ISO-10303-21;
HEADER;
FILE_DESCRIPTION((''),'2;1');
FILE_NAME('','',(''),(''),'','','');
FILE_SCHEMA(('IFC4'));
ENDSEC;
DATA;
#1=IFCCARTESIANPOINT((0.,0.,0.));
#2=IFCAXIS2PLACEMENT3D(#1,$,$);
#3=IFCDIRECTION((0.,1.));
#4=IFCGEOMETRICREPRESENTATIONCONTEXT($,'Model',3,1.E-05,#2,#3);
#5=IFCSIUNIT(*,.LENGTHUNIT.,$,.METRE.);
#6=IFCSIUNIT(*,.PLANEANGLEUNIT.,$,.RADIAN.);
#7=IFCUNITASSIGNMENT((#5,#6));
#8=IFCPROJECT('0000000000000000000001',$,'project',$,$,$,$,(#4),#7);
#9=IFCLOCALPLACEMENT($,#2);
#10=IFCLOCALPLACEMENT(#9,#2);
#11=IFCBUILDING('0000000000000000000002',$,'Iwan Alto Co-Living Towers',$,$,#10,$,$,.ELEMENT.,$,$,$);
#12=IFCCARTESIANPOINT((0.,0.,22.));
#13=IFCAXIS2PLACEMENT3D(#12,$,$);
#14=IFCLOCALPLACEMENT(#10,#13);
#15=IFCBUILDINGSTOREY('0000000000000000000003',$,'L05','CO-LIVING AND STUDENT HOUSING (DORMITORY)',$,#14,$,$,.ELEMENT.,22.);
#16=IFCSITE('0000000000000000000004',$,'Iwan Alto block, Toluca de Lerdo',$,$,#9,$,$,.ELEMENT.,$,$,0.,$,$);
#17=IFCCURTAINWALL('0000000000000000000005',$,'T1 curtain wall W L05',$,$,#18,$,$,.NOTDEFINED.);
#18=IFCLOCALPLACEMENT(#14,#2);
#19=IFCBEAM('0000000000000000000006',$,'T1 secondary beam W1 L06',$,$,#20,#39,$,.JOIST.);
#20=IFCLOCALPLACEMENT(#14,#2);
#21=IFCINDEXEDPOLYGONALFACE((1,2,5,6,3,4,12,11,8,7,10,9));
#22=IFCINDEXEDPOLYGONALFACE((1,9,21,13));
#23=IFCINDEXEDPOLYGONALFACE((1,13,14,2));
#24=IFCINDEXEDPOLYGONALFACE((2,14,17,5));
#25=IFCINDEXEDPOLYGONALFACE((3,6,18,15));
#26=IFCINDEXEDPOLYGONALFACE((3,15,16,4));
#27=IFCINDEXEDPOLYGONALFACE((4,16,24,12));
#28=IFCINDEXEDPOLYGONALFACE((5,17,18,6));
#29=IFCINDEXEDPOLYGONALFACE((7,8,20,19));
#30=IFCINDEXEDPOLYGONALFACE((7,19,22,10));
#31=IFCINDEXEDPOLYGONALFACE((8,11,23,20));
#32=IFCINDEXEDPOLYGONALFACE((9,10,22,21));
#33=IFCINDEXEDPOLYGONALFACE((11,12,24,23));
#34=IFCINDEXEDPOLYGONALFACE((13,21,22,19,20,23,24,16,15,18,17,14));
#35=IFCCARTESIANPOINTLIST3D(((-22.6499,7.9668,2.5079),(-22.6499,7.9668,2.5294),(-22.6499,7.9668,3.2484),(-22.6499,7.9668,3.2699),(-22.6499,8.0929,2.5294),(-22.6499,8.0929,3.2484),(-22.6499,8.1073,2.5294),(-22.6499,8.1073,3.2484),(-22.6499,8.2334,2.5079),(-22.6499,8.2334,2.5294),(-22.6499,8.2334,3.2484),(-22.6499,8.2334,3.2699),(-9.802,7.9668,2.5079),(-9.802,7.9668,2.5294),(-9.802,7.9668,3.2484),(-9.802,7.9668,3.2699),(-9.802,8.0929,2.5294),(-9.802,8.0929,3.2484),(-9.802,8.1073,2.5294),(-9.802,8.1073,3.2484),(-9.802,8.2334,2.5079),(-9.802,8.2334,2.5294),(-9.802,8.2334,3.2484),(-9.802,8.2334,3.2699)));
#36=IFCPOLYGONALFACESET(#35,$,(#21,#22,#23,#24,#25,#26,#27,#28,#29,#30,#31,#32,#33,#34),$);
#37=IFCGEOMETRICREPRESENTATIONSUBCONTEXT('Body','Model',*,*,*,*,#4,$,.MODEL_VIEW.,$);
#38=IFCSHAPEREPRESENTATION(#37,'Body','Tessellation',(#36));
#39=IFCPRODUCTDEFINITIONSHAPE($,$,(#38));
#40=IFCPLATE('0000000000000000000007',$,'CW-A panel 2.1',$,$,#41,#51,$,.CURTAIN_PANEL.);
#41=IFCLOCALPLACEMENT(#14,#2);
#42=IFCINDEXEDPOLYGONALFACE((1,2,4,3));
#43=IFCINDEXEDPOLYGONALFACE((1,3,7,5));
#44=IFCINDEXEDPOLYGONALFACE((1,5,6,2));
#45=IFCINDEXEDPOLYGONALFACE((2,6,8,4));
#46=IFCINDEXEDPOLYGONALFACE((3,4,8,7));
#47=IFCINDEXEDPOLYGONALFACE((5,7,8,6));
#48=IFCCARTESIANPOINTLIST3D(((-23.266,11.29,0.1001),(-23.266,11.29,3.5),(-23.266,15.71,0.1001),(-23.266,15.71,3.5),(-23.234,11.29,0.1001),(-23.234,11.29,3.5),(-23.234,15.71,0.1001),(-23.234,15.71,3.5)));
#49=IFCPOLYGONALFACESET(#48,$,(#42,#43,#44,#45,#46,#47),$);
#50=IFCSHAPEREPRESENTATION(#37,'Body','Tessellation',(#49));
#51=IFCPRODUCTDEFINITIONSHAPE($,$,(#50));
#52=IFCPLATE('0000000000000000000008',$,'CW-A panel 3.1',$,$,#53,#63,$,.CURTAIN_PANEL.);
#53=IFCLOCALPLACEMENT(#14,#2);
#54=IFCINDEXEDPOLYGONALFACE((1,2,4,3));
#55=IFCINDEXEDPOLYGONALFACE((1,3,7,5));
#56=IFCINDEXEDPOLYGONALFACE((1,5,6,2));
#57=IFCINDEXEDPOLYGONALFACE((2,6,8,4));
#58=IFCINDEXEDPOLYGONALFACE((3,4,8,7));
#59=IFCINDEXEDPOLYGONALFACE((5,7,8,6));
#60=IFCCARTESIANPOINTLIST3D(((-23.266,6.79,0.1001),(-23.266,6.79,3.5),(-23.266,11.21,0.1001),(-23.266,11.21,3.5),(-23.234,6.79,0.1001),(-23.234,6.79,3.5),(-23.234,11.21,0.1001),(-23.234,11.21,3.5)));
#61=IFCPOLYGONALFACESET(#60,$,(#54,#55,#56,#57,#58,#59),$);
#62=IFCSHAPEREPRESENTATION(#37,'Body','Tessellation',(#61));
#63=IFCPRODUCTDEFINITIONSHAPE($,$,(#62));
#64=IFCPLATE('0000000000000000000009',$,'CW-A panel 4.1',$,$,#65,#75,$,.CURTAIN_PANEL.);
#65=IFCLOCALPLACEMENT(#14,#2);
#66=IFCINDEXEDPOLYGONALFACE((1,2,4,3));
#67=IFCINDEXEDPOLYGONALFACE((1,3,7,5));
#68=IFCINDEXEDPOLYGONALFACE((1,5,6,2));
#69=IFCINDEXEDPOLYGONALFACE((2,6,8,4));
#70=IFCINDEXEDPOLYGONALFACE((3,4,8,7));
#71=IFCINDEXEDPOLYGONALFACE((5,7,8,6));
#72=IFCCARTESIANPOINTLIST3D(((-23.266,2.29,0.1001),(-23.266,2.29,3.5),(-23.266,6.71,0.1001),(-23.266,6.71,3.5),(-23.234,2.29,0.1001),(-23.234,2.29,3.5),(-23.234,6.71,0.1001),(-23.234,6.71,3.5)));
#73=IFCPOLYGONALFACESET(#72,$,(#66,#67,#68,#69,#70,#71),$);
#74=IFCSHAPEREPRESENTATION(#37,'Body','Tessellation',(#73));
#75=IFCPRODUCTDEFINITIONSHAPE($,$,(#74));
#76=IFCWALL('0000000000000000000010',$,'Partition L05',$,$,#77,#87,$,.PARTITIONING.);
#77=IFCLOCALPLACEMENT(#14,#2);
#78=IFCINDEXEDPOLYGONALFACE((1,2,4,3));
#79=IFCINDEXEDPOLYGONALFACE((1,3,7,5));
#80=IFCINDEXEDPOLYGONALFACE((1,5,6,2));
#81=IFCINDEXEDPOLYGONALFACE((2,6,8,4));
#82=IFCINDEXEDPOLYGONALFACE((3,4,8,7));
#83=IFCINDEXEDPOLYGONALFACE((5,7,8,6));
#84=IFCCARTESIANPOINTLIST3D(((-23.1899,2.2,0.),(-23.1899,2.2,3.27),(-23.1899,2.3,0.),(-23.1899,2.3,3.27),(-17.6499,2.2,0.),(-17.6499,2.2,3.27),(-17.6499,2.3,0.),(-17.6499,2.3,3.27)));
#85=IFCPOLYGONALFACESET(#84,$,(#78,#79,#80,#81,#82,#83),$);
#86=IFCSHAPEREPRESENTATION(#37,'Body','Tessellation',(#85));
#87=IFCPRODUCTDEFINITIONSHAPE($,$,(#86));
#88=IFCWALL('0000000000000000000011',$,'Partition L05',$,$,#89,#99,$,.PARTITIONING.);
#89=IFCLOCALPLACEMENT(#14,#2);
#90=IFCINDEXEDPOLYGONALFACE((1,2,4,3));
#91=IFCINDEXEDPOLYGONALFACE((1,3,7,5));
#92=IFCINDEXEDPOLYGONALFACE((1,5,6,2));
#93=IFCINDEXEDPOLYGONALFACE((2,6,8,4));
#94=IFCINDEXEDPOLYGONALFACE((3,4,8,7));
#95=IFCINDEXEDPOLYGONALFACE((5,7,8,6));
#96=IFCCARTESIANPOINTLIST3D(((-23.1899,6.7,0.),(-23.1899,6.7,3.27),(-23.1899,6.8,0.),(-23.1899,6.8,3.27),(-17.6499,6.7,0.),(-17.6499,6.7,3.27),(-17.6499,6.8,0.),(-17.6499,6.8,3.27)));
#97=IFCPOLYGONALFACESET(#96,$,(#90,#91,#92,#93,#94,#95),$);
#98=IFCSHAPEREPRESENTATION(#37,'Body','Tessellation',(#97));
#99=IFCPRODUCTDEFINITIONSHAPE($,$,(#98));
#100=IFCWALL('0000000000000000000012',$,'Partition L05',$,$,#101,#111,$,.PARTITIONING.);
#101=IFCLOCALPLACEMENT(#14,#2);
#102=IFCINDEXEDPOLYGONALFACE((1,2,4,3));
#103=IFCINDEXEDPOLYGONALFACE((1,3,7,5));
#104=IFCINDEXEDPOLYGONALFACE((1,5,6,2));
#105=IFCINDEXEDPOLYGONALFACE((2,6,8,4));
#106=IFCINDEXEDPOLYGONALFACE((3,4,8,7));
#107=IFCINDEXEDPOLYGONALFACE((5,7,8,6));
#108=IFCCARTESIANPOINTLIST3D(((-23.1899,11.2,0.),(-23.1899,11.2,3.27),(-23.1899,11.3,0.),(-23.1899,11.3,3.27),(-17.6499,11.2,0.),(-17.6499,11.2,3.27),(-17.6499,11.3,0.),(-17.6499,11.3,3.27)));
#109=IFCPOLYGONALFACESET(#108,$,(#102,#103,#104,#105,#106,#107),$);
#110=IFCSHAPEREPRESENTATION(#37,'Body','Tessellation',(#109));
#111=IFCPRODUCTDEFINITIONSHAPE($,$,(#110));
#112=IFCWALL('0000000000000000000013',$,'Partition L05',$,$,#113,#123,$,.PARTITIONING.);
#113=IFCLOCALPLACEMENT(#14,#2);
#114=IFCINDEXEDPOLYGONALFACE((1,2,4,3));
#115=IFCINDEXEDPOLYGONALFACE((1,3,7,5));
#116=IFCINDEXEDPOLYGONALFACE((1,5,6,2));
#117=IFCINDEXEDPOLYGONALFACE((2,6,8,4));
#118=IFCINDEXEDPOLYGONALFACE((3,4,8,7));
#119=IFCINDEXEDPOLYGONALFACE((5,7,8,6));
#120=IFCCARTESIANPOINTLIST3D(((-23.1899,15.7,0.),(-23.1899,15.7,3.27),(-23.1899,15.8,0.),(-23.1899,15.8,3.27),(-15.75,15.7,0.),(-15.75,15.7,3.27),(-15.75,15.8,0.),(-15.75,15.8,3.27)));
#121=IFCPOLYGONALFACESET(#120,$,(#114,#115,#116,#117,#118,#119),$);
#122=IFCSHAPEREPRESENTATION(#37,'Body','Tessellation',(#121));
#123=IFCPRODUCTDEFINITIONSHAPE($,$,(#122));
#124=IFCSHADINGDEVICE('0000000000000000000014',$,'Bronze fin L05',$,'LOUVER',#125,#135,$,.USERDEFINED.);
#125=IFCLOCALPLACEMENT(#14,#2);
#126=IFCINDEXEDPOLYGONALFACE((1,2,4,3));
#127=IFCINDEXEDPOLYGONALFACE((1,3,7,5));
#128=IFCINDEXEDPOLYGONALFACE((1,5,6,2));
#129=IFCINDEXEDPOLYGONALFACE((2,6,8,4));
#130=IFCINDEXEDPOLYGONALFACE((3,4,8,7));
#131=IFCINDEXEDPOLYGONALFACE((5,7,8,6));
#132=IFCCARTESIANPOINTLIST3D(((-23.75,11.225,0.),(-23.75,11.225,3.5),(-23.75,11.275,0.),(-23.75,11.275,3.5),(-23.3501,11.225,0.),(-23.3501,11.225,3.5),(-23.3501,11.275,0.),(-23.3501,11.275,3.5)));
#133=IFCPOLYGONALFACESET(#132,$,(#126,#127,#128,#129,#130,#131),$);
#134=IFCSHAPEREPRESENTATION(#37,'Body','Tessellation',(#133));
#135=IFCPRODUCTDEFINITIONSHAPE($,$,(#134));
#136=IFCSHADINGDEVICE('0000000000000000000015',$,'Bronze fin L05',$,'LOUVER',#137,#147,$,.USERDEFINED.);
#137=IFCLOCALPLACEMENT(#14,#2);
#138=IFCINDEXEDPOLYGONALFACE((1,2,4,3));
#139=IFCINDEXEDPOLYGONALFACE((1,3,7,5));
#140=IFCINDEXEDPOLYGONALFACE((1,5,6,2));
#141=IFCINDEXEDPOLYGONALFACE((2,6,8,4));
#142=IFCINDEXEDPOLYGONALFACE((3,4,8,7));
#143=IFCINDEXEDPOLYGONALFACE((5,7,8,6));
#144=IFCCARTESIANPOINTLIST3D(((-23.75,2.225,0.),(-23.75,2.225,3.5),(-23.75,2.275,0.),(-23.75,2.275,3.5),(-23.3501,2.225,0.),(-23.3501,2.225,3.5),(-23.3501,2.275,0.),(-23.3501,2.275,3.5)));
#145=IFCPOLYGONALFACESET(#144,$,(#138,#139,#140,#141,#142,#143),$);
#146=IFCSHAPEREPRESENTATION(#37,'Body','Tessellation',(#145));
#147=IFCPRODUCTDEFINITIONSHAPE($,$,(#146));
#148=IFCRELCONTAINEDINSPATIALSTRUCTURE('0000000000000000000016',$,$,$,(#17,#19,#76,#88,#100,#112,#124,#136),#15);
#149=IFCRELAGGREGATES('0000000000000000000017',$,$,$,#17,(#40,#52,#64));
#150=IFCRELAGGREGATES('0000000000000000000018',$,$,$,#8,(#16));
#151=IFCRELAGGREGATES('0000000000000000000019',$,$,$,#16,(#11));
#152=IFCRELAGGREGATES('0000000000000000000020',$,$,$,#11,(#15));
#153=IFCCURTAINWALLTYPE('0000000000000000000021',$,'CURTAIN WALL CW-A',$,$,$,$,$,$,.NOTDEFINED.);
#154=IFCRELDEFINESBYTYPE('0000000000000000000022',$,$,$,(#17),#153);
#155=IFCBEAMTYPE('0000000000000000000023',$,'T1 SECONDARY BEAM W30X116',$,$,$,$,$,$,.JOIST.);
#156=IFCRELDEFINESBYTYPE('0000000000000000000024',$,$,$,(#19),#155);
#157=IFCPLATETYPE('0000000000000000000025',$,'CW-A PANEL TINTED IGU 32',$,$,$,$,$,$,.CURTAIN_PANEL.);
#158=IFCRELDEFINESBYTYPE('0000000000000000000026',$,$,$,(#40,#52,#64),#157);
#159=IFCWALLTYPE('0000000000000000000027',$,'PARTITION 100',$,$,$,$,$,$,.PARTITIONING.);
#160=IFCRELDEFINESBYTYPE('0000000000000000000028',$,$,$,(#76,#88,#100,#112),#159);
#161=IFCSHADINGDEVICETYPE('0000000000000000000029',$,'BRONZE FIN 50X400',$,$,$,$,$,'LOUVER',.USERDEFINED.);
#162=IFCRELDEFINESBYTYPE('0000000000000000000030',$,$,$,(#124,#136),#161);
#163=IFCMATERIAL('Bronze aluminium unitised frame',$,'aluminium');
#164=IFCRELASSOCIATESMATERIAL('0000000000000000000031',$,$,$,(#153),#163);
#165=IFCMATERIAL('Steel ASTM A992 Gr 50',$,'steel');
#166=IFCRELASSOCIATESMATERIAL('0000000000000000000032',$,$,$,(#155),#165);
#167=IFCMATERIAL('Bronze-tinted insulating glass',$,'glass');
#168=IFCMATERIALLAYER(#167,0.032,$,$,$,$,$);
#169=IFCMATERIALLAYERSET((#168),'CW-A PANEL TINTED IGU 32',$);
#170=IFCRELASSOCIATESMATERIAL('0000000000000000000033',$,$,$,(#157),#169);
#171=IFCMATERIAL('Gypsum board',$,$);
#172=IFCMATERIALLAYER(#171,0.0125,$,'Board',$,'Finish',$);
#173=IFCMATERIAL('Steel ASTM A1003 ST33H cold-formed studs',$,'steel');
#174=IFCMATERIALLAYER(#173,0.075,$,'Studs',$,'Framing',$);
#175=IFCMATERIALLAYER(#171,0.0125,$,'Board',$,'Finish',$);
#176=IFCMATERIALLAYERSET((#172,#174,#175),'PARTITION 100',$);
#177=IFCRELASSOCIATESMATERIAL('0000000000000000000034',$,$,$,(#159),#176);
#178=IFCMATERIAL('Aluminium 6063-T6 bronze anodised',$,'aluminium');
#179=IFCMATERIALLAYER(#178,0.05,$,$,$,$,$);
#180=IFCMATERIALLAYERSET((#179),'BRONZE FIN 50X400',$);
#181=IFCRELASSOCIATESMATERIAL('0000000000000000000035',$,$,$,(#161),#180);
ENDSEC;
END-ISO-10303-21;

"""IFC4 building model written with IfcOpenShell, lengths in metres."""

from ifc_helpers import new_model, si_unit, direction, frame, frame_2d, origin, origin_2d, place, context, subcontext, project, spatial, rectangle, i_section, extrude, material, layer, layer_set, material_profile, profile_set, type_object, element, aggregate, save


model = new_model("IFC4")

# Units and contexts
model_context = context("Model", 3, precision=1e-05, world=origin(), true_north=direction((0.0, 1.0)))
body_context = subcontext(model_context, "Body", "Model", "MODEL_VIEW")
ifc_project = project(units=[si_unit("LENGTHUNIT", "METRE"), si_unit("PLANEANGLEUNIT", "RADIAN")], contexts=[model_context])

# Site, building, storey
site_placement = place(None, origin())
site = spatial("IfcSite", under=ifc_project, at=site_placement, Name="Iwan Alto block, Toluca de Lerdo", CompositionType="ELEMENT", RefElevation=0.0)
building_placement = place(site_placement, origin())
building = spatial("IfcBuilding", under=site, at=building_placement, Name="Iwan Alto Co-Living Towers", CompositionType="ELEMENT")
storey_placement = place(building_placement, frame((0.0, 0.0, 22.0)))
storey = spatial("IfcBuildingStorey", under=building, at=storey_placement, Name="L05", Description="CO-LIVING AND STUDENT HOUSING (DORMITORY)", CompositionType="ELEMENT", Elevation=22.0)

# Curtain wall
ifc_material_1 = material(Name="Bronze aluminium unitised frame", Category="aluminium")
curtain_wall_type = type_object("IfcCurtainWallType", Name="CURTAIN WALL CW-A", PredefinedType="NOTDEFINED", material=ifc_material_1)
curtain_wall_placement = place(storey_placement, origin())
curtain_wall = element("IfcCurtainWall", 1, at=curtain_wall_placement, inside=storey, type_object=curtain_wall_type, Name="T1 curtain wall W L05", PredefinedType="NOTDEFINED")

# Beam
ifc_material_2 = material(Name="Steel ASTM A992 Gr 50", Category="steel")
ifc_material_profile_1 = material_profile(ifc_material_2, i_section(OverallWidth=0.2666, OverallDepth=0.762, WebThickness=0.0144, FlangeThickness=0.0215, at=origin_2d()), Name="W30X116")
ifc_profile_set_1 = profile_set([ifc_material_profile_1], Name="Steel ASTM A992 Gr 50")
beam_type_1 = type_object("IfcBeamType", Name="T1 SECONDARY BEAM W30X116", PredefinedType="JOIST", material=ifc_profile_set_1)
beam_1_placement = place(storey_placement, frame((-22.6499, 8.1001, 2.8889), z_axis=(1.0, 0.0, 0.0), x_axis=(0.0, 1.0, 0.0)))
element("IfcBeam", 2, at=beam_1_placement, inside=storey, type_object=beam_type_1, Name="T1 secondary beam W1 L06", PredefinedType="JOIST", context=body_context, shape_type="SweptSolid", body=[
    extrude(i_section(OverallWidth=0.2666, OverallDepth=0.762, WebThickness=0.0144, FlangeThickness=0.0215, at=origin_2d()), origin(), (0.0, 0.0, 1.0), 12.8479),
])

# Plates
ifc_material_3 = material(Name="Bronze-tinted insulating glass", Category="glass")
ifc_layer_1 = layer(ifc_material_3, 0.032)
ifc_layer_set_1 = layer_set([ifc_layer_1], Name="CW-A PANEL TINTED IGU 32")
plate_type = type_object("IfcPlateType", Name="CW-A PANEL TINTED IGU 32", PredefinedType="CURTAIN_PANEL", material=ifc_layer_set_1)
plate_1_placement = place(storey_placement, frame((-23.25, 13.5, 0.1001), z_axis=(0.0, 0.0, 1.0), x_axis=(0.0, -1.0, 0.0)))
plate_1 = element("IfcPlate", 3, at=plate_1_placement, type_object=plate_type, Name="CW-A panel 2.1", PredefinedType="CURTAIN_PANEL", context=body_context, shape_type="SweptSolid", body=[
    extrude(rectangle(XDim=4.4199, YDim=0.032, at=origin_2d()), origin(), (0.0, 0.0, 1.0), 3.3999),
])
plate_2_placement = place(storey_placement, frame((-23.25, 9.0, 0.1001), z_axis=(0.0, 0.0, 1.0), x_axis=(0.0, -1.0, 0.0)))
plate_2 = element("IfcPlate", 4, at=plate_2_placement, type_object=plate_type, Name="CW-A panel 3.1", PredefinedType="CURTAIN_PANEL", context=body_context, shape_type="SweptSolid", body=[
    extrude(rectangle(XDim=4.4199, YDim=0.032, at=origin_2d()), origin(), (0.0, 0.0, 1.0), 3.3999),
])
plate_3_placement = place(storey_placement, frame((-23.25, 4.5, 0.1001), z_axis=(0.0, 0.0, 1.0), x_axis=(0.0, -1.0, 0.0)))
plate_3 = element("IfcPlate", 5, at=plate_3_placement, type_object=plate_type, Name="CW-A panel 4.1", PredefinedType="CURTAIN_PANEL", context=body_context, shape_type="SweptSolid", body=[
    extrude(rectangle(XDim=4.4199, YDim=0.032, at=origin_2d()), origin(), (0.0, 0.0, 1.0), 3.3999),
])
aggregate(curtain_wall, [plate_1, plate_2, plate_3])

# Walls
ifc_material_4 = material(Name="Gypsum board")
ifc_layer_2 = layer(ifc_material_4, 0.0125, Name="Board", Category="Finish")
ifc_material_5 = material(Name="Steel ASTM A1003 ST33H cold-formed studs", Category="steel")
ifc_layer_3 = layer(ifc_material_5, 0.075, Name="Studs", Category="Framing")
ifc_layer_4 = layer(ifc_material_4, 0.0125, Name="Board", Category="Finish")
ifc_layer_set_2 = layer_set([ifc_layer_2, ifc_layer_3, ifc_layer_4], Name="PARTITION 100")
wall_type = type_object("IfcWallType", Name="PARTITION 100", PredefinedType="PARTITIONING", material=ifc_layer_set_2)
for number, where, z_axis, x_axis, name in (
    (6, (-23.1899, 2.25, 0.0), (0.0, 0.0, 1.0), (1.0, 0.0, 0.0), "Partition L05"),
    (7, (-23.1899, 6.75, 0.0), (0.0, 0.0, 1.0), (1.0, 0.0, 0.0), "Partition L05"),
    (8, (-23.1899, 11.25, 0.0), (0.0, 0.0, 1.0), (1.0, 0.0, 0.0), "Partition L05"),
):
    element("IfcWall", number, at=place(storey_placement, frame(where, z_axis=z_axis, x_axis=x_axis)), inside=storey, type_object=wall_type, Name=name, PredefinedType="PARTITIONING", context=body_context, shape_type="SweptSolid", body=[
        extrude(rectangle(XDim=5.54, YDim=0.1001, at=frame_2d((2.77, 0.0))), origin(), (0.0, 0.0, 1.0), 3.27),
    ])
wall_placement = place(storey_placement, frame((-23.1899, 15.75, 0.0), z_axis=(0.0, 0.0, 1.0), x_axis=(1.0, 0.0, 0.0)))
element("IfcWall", 9, at=wall_placement, inside=storey, type_object=wall_type, Name="Partition L05", PredefinedType="PARTITIONING", context=body_context, shape_type="SweptSolid", body=[
    extrude(rectangle(XDim=7.4399, YDim=0.1001, at=frame_2d((3.72, 0.0))), origin(), (0.0, 0.0, 1.0), 3.27),
])

# Shading devices
ifc_material_6 = material(Name="Aluminium 6063-T6 bronze anodised", Category="aluminium")
ifc_layer_5 = layer(ifc_material_6, 0.05)
ifc_layer_set_3 = layer_set([ifc_layer_5], Name="BRONZE FIN 50X400")
shading_device_type = type_object("IfcShadingDeviceType", Name="BRONZE FIN 50X400", ElementType="LOUVER", PredefinedType="USERDEFINED", material=ifc_layer_set_3)
for number, where, z_axis, x_axis, name in (
    (10, (-23.55, 11.25, 0.0), (0.0, 0.0, 1.0), (0.0, -1.0, 0.0), "Bronze fin L05"),
    (11, (-23.55, 2.25, 0.0), (0.0, 0.0, 1.0), (0.0, -1.0, 0.0), "Bronze fin L05"),
):
    element("IfcShadingDevice", number, at=place(storey_placement, frame(where, z_axis=z_axis, x_axis=x_axis)), inside=storey, type_object=shading_device_type, Name=name, ObjectType="LOUVER", PredefinedType="USERDEFINED", context=body_context, shape_type="SweptSolid", body=[
        extrude(rectangle(XDim=0.05, YDim=0.3999, at=origin_2d()), origin(), (0.0, 0.0, 1.0), 3.5),
    ])

save(model, "model.ifc")
